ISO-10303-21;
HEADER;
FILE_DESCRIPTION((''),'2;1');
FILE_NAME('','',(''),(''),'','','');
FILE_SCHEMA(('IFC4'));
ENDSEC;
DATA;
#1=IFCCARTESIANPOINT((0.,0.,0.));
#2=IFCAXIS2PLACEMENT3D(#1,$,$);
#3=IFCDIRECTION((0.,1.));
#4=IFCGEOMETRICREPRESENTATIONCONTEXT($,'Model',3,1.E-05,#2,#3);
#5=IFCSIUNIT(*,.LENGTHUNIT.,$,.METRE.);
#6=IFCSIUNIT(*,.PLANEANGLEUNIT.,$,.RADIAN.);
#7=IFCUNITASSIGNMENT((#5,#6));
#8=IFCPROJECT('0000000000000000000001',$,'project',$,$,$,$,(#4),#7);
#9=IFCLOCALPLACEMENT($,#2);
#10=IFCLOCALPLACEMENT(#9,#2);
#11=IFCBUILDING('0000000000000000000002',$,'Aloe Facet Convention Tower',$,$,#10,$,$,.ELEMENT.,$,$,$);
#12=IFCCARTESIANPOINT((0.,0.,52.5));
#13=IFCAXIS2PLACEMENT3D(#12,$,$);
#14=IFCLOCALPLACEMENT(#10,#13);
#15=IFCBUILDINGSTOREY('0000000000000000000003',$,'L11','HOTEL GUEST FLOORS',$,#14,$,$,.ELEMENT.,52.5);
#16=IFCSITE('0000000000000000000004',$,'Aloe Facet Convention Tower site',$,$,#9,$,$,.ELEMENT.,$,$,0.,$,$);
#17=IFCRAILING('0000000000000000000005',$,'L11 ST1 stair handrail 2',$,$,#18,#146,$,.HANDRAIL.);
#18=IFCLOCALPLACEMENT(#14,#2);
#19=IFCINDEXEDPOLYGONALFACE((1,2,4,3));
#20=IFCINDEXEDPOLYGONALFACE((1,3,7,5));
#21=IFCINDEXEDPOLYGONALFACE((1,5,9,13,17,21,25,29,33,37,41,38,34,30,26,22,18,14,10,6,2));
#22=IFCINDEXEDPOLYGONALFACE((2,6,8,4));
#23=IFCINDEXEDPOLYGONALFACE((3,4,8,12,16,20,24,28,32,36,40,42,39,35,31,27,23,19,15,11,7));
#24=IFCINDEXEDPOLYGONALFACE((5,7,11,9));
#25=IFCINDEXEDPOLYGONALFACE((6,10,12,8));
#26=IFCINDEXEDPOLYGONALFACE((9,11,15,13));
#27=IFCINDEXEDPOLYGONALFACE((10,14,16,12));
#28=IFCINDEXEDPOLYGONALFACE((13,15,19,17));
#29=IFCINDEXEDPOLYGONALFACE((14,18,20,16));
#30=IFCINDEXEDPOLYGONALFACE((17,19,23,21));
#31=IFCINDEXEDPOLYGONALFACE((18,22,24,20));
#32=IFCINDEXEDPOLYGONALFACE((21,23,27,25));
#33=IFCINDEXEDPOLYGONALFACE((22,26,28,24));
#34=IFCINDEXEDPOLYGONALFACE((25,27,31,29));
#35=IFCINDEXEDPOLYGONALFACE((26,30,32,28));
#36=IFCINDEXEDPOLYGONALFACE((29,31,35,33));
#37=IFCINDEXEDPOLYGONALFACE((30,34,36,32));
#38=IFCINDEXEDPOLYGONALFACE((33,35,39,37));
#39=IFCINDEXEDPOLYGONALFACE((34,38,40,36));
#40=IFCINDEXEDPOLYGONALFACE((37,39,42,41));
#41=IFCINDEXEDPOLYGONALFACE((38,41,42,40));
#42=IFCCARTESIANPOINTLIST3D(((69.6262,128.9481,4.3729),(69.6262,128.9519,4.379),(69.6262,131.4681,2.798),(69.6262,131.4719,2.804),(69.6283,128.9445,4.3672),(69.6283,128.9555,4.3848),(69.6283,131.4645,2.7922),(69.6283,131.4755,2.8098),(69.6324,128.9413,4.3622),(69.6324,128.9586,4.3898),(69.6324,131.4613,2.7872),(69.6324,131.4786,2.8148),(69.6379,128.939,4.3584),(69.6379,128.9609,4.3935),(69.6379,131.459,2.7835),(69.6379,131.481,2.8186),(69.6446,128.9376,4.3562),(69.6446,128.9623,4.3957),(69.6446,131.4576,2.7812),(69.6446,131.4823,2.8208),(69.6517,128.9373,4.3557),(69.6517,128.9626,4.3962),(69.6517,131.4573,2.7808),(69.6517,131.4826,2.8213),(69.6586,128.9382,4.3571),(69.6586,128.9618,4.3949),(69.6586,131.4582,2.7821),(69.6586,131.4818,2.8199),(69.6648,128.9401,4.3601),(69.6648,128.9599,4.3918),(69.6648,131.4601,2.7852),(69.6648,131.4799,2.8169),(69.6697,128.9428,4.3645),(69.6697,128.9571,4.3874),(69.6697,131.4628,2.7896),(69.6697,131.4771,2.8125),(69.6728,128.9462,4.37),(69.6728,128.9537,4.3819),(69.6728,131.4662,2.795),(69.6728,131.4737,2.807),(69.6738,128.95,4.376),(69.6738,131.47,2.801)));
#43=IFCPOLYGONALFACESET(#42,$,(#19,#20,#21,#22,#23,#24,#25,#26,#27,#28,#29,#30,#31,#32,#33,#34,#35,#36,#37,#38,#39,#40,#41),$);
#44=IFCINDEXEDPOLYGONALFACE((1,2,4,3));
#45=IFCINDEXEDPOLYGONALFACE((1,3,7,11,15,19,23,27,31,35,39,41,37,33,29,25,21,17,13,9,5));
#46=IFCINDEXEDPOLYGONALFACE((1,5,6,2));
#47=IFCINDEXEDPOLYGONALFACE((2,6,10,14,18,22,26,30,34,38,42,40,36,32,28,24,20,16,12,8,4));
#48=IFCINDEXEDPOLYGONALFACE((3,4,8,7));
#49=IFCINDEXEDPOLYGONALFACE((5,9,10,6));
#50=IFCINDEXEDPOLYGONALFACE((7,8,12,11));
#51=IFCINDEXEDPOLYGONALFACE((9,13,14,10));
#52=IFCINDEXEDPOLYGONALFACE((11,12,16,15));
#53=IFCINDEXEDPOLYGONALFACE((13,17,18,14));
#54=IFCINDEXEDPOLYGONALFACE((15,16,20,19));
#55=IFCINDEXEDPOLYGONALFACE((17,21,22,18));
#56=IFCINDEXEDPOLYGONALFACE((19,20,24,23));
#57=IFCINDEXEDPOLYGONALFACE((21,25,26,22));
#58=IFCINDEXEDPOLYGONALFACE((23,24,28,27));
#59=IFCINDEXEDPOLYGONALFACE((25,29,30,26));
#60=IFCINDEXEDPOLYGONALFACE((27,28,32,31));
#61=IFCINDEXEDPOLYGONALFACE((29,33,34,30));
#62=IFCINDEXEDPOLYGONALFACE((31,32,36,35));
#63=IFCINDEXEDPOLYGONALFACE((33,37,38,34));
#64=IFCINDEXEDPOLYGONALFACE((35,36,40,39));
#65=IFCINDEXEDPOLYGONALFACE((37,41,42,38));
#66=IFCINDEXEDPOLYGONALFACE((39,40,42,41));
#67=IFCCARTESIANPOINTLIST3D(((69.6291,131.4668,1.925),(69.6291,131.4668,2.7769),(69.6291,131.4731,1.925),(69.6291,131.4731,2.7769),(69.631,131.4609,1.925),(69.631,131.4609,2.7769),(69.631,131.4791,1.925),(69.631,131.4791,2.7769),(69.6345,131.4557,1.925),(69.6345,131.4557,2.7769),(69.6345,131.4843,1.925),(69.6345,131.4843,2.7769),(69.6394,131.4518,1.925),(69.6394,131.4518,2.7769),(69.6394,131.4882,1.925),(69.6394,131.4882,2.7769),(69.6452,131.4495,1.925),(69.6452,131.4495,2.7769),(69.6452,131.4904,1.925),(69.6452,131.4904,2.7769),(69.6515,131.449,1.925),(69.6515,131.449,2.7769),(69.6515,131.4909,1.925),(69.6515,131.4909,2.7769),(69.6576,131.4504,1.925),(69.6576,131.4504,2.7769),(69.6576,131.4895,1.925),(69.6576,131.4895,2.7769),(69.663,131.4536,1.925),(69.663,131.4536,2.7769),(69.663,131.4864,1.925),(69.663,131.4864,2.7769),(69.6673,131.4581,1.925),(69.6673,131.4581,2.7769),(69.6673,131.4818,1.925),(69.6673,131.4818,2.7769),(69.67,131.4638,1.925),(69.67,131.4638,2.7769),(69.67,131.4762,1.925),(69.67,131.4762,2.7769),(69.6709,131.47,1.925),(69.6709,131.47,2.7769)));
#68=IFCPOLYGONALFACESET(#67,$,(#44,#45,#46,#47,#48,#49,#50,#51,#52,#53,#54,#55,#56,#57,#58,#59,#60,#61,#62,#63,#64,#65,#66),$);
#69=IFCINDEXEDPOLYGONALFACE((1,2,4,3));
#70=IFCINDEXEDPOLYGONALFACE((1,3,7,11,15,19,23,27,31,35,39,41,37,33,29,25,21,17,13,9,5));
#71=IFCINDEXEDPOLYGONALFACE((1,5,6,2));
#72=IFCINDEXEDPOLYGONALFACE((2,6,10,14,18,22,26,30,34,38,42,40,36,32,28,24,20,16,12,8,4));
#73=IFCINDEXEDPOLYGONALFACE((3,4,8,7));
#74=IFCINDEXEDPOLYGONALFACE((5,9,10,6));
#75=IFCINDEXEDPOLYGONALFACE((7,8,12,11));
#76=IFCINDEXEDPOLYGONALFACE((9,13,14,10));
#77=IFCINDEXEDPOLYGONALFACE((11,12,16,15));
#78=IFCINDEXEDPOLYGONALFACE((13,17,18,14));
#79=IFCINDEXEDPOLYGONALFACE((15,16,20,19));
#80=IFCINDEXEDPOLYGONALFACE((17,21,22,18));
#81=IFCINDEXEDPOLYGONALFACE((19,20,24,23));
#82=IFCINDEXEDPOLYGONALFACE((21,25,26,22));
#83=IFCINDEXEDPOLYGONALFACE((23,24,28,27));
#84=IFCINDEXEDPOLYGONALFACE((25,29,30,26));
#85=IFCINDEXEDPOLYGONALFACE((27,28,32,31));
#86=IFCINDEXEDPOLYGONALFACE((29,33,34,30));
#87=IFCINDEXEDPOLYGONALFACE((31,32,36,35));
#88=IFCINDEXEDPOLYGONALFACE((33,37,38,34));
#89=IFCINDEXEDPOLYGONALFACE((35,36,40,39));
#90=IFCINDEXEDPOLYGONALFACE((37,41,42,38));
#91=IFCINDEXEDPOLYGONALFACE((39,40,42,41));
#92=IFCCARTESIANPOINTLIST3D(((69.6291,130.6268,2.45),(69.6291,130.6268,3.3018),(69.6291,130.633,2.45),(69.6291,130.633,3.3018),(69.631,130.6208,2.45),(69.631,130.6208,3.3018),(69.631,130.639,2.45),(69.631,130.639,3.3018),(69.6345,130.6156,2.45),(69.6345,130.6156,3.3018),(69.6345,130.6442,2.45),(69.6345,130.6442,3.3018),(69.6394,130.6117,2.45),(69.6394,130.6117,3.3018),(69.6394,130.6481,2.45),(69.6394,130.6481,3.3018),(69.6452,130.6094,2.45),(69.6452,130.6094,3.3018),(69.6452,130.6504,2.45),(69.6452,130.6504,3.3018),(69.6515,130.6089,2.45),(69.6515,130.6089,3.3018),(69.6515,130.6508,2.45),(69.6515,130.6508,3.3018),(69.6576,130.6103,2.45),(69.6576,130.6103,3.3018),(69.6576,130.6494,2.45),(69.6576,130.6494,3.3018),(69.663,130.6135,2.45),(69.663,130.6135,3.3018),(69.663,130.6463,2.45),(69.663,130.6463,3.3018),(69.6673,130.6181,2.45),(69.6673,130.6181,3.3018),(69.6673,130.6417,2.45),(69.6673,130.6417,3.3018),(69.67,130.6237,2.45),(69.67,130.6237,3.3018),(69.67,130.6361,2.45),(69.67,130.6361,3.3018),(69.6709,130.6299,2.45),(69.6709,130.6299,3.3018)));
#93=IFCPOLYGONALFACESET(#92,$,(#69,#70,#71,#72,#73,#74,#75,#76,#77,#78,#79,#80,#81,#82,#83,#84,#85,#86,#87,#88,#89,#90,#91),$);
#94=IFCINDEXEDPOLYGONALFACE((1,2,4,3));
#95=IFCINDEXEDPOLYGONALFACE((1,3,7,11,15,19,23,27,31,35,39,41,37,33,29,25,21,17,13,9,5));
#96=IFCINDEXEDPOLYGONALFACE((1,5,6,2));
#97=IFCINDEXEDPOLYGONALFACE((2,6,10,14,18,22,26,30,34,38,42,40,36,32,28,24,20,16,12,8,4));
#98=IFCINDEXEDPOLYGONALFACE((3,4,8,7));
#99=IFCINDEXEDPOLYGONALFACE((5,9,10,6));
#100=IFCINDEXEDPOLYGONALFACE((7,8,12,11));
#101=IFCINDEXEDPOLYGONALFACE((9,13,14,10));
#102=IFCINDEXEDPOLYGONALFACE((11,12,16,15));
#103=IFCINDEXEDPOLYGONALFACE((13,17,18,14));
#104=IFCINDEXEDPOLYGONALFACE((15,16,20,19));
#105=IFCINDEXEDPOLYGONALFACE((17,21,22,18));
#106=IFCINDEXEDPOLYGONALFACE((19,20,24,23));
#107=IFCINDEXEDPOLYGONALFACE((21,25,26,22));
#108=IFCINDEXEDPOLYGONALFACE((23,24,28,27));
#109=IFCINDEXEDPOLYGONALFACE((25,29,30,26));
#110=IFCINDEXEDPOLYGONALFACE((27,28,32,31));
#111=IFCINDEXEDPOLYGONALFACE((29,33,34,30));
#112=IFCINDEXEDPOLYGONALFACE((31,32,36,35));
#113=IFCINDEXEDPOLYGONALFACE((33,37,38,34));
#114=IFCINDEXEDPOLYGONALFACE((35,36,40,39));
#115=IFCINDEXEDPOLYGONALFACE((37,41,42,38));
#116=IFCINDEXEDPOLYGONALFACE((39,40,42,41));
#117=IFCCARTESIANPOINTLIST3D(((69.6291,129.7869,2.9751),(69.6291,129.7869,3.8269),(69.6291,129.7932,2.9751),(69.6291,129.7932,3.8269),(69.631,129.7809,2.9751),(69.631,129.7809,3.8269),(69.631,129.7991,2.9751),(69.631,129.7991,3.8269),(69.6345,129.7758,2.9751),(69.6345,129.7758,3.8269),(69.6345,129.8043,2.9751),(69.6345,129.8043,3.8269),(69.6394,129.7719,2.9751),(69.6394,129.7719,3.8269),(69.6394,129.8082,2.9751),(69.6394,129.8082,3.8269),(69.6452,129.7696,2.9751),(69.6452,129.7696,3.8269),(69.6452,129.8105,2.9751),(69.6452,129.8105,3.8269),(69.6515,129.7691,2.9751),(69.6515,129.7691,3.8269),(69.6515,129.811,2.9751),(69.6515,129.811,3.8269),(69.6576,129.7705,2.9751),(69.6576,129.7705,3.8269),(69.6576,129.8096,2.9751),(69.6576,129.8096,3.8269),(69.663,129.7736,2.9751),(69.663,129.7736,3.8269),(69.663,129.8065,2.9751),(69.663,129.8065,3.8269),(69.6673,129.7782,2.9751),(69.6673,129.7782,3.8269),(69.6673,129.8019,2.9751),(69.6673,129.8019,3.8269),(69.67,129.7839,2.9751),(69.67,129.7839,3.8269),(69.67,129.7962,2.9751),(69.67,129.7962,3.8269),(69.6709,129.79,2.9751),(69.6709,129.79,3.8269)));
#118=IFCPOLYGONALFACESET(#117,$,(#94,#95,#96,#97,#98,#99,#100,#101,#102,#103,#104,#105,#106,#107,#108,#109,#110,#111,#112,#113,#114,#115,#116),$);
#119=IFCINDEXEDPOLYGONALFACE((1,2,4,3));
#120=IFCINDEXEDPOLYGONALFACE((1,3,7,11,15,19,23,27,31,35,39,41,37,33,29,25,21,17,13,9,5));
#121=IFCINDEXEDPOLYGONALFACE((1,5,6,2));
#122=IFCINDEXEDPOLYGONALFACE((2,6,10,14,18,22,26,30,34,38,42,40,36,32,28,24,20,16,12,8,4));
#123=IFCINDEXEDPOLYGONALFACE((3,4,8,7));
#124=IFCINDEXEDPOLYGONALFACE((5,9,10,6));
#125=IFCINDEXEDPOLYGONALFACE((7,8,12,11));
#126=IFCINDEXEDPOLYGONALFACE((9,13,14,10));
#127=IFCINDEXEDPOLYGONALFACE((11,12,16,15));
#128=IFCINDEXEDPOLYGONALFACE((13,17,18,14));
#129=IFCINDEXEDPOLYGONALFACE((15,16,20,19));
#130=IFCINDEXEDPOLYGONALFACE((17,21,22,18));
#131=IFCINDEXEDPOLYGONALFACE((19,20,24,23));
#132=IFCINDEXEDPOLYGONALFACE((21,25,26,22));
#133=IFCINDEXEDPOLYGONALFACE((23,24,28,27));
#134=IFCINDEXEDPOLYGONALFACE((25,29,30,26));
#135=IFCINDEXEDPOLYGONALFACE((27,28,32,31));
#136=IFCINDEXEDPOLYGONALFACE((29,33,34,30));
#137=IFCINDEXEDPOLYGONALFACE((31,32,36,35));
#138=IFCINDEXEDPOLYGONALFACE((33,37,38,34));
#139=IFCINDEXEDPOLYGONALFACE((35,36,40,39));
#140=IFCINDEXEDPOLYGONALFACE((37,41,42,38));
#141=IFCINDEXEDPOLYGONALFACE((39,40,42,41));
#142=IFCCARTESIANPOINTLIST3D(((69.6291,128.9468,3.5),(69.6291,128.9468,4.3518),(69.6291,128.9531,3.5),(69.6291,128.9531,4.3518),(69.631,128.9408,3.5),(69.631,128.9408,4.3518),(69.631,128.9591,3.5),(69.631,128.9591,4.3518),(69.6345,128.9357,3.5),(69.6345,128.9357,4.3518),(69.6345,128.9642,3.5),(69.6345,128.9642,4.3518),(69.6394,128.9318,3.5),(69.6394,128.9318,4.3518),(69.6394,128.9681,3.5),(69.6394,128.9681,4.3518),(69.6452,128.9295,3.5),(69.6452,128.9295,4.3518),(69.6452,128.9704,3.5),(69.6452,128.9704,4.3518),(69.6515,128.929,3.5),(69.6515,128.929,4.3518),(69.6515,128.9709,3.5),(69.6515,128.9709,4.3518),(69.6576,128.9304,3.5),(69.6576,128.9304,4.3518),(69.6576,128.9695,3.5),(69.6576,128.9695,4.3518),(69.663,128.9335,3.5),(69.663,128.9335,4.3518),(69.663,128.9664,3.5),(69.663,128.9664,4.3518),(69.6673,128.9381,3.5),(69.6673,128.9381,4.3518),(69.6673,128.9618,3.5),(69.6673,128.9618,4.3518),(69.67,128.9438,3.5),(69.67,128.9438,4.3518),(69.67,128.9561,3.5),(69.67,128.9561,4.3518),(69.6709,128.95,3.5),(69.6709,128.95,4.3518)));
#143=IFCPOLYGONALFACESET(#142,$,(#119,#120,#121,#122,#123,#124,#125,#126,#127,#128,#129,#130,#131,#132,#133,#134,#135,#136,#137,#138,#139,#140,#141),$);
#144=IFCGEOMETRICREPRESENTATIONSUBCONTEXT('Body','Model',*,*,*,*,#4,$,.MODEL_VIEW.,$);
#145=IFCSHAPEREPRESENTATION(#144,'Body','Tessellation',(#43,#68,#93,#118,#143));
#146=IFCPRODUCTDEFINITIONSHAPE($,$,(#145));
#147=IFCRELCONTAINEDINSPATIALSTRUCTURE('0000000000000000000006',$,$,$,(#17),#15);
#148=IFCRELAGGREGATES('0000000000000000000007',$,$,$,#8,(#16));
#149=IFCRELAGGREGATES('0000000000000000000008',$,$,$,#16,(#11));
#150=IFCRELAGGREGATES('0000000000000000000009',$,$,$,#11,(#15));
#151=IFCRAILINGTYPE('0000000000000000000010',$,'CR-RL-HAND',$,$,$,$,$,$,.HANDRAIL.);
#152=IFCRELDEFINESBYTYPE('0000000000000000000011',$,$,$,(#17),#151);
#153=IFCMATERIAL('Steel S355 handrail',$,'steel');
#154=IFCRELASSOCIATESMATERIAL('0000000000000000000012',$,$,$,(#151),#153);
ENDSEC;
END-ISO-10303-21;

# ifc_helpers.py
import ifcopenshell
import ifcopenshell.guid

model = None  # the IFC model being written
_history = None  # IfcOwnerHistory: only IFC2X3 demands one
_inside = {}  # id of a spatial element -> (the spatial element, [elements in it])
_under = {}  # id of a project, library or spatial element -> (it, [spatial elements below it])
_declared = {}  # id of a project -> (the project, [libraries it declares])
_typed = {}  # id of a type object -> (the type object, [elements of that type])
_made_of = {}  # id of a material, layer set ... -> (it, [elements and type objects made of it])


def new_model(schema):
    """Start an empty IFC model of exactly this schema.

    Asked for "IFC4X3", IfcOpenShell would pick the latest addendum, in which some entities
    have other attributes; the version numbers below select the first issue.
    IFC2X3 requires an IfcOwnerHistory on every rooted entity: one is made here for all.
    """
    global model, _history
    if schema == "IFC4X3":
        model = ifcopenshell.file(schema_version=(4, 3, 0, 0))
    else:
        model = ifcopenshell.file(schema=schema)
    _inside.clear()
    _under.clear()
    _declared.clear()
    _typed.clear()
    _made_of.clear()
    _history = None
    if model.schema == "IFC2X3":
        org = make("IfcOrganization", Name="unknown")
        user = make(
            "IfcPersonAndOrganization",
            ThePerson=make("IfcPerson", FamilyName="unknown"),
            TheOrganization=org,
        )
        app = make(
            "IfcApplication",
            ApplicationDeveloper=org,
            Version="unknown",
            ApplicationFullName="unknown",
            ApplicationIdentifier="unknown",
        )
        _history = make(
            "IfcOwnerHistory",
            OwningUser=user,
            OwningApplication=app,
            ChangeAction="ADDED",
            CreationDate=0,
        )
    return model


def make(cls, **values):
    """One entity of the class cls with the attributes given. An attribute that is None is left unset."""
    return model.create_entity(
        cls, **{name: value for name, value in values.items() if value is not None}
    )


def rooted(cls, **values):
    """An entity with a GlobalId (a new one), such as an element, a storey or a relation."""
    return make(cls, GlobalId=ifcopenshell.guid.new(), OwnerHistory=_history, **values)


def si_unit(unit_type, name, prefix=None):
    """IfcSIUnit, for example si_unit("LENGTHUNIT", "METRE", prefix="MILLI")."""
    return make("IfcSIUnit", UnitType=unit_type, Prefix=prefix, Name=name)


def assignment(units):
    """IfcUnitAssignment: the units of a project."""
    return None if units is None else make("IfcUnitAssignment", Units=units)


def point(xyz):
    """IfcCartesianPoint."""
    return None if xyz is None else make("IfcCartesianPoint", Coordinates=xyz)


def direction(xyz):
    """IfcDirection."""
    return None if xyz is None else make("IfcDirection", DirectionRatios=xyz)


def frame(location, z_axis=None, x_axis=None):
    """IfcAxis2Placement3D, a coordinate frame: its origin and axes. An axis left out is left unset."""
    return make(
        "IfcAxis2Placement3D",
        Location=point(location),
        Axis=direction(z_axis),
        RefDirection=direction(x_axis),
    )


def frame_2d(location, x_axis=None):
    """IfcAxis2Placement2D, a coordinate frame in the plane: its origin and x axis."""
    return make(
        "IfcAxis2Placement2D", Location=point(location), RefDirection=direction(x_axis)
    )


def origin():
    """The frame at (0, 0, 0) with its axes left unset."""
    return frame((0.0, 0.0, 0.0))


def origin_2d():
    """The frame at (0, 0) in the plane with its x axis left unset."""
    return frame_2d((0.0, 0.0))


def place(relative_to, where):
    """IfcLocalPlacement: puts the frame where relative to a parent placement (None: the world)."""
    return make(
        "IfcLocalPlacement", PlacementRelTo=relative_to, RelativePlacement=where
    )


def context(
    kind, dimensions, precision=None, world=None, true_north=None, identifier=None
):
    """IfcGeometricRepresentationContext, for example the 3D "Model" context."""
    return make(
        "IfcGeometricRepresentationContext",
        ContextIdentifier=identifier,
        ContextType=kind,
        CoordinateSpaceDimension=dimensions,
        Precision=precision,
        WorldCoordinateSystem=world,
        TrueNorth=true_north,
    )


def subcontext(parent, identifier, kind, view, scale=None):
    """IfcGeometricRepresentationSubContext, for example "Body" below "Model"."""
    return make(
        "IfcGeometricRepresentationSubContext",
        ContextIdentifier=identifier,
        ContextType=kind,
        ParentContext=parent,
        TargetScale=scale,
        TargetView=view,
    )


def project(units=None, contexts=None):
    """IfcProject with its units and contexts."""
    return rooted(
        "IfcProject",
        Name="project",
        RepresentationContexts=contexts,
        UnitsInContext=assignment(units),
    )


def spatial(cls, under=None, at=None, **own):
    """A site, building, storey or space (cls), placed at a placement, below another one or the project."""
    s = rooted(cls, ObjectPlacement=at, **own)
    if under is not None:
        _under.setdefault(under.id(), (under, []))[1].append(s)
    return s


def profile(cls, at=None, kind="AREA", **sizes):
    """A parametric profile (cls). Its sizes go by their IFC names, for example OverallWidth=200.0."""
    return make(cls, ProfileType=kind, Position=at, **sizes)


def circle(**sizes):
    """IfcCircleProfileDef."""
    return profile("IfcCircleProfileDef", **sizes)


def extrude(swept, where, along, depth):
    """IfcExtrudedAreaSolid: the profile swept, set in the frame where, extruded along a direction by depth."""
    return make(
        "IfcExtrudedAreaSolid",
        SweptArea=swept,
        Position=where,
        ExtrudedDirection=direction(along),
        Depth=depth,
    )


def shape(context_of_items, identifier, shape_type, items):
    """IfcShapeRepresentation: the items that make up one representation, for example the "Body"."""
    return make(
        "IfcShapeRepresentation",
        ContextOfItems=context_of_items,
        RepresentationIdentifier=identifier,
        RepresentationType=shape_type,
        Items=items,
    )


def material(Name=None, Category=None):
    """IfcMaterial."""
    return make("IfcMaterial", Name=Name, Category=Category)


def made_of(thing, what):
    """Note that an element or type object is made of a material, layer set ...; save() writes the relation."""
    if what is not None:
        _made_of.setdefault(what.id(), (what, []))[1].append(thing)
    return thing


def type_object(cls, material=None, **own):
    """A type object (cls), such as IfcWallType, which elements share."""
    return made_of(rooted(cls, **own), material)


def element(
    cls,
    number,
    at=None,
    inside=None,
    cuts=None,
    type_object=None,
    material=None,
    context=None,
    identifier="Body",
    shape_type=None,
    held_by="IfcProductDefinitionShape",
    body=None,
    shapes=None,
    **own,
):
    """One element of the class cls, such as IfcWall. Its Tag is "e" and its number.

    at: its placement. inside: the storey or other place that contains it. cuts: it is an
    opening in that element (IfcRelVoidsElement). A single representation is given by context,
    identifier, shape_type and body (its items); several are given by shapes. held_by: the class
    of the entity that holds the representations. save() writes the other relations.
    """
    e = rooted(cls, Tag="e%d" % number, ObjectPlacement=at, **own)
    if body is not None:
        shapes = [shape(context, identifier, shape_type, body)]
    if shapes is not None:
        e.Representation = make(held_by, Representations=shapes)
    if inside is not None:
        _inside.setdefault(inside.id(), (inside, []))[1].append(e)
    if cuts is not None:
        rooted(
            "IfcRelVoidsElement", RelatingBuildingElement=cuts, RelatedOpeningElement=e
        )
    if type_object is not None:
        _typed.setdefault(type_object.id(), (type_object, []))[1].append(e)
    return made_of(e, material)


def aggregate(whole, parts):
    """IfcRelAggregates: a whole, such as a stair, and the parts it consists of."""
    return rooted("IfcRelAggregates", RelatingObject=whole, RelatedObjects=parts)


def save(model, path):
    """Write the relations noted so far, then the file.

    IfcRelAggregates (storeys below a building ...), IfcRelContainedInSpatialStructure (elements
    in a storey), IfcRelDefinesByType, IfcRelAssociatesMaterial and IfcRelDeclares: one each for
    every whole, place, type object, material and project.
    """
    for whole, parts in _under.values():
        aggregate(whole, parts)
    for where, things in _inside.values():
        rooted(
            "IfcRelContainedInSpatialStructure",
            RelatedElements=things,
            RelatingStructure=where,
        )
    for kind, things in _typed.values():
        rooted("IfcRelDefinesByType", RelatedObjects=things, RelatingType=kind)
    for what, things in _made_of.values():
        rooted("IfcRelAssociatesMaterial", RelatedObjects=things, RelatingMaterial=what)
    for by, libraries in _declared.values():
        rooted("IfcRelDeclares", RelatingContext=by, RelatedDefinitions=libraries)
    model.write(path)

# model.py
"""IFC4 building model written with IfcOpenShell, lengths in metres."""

from ifc_helpers import new_model, si_unit, direction, frame, origin, origin_2d, place, context, subcontext, project, spatial, circle, extrude, material, type_object, element, save


model = new_model("IFC4")

# Units and contexts
model_context = context("Model", 3, precision=1e-05, world=origin(), true_north=direction((0.0, 1.0)))
body_context = subcontext(model_context, "Body", "Model", "MODEL_VIEW")
ifc_project = project(units=[si_unit("LENGTHUNIT", "METRE"), si_unit("PLANEANGLEUNIT", "RADIAN")], contexts=[model_context])

# Site, building, storey
site_placement = place(None, origin())
site = spatial("IfcSite", under=ifc_project, at=site_placement, Name="Aloe Facet Convention Tower site", CompositionType="ELEMENT", RefElevation=0.0)
building_placement = place(site_placement, origin())
building = spatial("IfcBuilding", under=site, at=building_placement, Name="Aloe Facet Convention Tower", CompositionType="ELEMENT")
storey_placement = place(building_placement, frame((0.0, 0.0, 52.5)))
storey = spatial("IfcBuildingStorey", under=building, at=storey_placement, Name="L11", Description="HOTEL GUEST FLOORS", CompositionType="ELEMENT", Elevation=52.5)

# Railing
ifc_material_1 = material(Name="Steel S355 handrail", Category="steel")
railing_type_1 = type_object("IfcRailingType", Name="CR-RL-HAND", PredefinedType="HANDRAIL", material=ifc_material_1)
railing_1_placement = place(storey_placement, frame((69.6499, 131.47, 1.925)))
element("IfcRailing", 1, at=railing_1_placement, inside=storey, type_object=railing_type_1, Name="L11 ST1 stair handrail 2", PredefinedType="HANDRAIL", context=body_context, shape_type="SweptSolid", body=[
    extrude(circle(Radius=0.0239, at=origin_2d()), frame((0.0, 0.0, 0.876), z_axis=(0.0, -0.848008, 0.529984), x_axis=(1.0, 0.0, 0.0)), (0.0, 0.0, 1.0), 2.9717),
    extrude(circle(Radius=0.021, at=origin_2d()), origin(), (0.0, 0.0, 1.0), 0.8518),
    extrude(circle(Radius=0.021, at=origin_2d()), frame((0.0, -0.8401, 0.5249)), (0.0, 0.0, 1.0), 0.8518),
    extrude(circle(Radius=0.021, at=origin_2d()), frame((0.0, -1.6799, 1.05)), (0.0, 0.0, 1.0), 0.8518),
    extrude(circle(Radius=0.021, at=origin_2d()), frame((0.0, -2.52, 1.575)), (0.0, 0.0, 1.0), 0.8518),
])

save(model, "model.ifc")
